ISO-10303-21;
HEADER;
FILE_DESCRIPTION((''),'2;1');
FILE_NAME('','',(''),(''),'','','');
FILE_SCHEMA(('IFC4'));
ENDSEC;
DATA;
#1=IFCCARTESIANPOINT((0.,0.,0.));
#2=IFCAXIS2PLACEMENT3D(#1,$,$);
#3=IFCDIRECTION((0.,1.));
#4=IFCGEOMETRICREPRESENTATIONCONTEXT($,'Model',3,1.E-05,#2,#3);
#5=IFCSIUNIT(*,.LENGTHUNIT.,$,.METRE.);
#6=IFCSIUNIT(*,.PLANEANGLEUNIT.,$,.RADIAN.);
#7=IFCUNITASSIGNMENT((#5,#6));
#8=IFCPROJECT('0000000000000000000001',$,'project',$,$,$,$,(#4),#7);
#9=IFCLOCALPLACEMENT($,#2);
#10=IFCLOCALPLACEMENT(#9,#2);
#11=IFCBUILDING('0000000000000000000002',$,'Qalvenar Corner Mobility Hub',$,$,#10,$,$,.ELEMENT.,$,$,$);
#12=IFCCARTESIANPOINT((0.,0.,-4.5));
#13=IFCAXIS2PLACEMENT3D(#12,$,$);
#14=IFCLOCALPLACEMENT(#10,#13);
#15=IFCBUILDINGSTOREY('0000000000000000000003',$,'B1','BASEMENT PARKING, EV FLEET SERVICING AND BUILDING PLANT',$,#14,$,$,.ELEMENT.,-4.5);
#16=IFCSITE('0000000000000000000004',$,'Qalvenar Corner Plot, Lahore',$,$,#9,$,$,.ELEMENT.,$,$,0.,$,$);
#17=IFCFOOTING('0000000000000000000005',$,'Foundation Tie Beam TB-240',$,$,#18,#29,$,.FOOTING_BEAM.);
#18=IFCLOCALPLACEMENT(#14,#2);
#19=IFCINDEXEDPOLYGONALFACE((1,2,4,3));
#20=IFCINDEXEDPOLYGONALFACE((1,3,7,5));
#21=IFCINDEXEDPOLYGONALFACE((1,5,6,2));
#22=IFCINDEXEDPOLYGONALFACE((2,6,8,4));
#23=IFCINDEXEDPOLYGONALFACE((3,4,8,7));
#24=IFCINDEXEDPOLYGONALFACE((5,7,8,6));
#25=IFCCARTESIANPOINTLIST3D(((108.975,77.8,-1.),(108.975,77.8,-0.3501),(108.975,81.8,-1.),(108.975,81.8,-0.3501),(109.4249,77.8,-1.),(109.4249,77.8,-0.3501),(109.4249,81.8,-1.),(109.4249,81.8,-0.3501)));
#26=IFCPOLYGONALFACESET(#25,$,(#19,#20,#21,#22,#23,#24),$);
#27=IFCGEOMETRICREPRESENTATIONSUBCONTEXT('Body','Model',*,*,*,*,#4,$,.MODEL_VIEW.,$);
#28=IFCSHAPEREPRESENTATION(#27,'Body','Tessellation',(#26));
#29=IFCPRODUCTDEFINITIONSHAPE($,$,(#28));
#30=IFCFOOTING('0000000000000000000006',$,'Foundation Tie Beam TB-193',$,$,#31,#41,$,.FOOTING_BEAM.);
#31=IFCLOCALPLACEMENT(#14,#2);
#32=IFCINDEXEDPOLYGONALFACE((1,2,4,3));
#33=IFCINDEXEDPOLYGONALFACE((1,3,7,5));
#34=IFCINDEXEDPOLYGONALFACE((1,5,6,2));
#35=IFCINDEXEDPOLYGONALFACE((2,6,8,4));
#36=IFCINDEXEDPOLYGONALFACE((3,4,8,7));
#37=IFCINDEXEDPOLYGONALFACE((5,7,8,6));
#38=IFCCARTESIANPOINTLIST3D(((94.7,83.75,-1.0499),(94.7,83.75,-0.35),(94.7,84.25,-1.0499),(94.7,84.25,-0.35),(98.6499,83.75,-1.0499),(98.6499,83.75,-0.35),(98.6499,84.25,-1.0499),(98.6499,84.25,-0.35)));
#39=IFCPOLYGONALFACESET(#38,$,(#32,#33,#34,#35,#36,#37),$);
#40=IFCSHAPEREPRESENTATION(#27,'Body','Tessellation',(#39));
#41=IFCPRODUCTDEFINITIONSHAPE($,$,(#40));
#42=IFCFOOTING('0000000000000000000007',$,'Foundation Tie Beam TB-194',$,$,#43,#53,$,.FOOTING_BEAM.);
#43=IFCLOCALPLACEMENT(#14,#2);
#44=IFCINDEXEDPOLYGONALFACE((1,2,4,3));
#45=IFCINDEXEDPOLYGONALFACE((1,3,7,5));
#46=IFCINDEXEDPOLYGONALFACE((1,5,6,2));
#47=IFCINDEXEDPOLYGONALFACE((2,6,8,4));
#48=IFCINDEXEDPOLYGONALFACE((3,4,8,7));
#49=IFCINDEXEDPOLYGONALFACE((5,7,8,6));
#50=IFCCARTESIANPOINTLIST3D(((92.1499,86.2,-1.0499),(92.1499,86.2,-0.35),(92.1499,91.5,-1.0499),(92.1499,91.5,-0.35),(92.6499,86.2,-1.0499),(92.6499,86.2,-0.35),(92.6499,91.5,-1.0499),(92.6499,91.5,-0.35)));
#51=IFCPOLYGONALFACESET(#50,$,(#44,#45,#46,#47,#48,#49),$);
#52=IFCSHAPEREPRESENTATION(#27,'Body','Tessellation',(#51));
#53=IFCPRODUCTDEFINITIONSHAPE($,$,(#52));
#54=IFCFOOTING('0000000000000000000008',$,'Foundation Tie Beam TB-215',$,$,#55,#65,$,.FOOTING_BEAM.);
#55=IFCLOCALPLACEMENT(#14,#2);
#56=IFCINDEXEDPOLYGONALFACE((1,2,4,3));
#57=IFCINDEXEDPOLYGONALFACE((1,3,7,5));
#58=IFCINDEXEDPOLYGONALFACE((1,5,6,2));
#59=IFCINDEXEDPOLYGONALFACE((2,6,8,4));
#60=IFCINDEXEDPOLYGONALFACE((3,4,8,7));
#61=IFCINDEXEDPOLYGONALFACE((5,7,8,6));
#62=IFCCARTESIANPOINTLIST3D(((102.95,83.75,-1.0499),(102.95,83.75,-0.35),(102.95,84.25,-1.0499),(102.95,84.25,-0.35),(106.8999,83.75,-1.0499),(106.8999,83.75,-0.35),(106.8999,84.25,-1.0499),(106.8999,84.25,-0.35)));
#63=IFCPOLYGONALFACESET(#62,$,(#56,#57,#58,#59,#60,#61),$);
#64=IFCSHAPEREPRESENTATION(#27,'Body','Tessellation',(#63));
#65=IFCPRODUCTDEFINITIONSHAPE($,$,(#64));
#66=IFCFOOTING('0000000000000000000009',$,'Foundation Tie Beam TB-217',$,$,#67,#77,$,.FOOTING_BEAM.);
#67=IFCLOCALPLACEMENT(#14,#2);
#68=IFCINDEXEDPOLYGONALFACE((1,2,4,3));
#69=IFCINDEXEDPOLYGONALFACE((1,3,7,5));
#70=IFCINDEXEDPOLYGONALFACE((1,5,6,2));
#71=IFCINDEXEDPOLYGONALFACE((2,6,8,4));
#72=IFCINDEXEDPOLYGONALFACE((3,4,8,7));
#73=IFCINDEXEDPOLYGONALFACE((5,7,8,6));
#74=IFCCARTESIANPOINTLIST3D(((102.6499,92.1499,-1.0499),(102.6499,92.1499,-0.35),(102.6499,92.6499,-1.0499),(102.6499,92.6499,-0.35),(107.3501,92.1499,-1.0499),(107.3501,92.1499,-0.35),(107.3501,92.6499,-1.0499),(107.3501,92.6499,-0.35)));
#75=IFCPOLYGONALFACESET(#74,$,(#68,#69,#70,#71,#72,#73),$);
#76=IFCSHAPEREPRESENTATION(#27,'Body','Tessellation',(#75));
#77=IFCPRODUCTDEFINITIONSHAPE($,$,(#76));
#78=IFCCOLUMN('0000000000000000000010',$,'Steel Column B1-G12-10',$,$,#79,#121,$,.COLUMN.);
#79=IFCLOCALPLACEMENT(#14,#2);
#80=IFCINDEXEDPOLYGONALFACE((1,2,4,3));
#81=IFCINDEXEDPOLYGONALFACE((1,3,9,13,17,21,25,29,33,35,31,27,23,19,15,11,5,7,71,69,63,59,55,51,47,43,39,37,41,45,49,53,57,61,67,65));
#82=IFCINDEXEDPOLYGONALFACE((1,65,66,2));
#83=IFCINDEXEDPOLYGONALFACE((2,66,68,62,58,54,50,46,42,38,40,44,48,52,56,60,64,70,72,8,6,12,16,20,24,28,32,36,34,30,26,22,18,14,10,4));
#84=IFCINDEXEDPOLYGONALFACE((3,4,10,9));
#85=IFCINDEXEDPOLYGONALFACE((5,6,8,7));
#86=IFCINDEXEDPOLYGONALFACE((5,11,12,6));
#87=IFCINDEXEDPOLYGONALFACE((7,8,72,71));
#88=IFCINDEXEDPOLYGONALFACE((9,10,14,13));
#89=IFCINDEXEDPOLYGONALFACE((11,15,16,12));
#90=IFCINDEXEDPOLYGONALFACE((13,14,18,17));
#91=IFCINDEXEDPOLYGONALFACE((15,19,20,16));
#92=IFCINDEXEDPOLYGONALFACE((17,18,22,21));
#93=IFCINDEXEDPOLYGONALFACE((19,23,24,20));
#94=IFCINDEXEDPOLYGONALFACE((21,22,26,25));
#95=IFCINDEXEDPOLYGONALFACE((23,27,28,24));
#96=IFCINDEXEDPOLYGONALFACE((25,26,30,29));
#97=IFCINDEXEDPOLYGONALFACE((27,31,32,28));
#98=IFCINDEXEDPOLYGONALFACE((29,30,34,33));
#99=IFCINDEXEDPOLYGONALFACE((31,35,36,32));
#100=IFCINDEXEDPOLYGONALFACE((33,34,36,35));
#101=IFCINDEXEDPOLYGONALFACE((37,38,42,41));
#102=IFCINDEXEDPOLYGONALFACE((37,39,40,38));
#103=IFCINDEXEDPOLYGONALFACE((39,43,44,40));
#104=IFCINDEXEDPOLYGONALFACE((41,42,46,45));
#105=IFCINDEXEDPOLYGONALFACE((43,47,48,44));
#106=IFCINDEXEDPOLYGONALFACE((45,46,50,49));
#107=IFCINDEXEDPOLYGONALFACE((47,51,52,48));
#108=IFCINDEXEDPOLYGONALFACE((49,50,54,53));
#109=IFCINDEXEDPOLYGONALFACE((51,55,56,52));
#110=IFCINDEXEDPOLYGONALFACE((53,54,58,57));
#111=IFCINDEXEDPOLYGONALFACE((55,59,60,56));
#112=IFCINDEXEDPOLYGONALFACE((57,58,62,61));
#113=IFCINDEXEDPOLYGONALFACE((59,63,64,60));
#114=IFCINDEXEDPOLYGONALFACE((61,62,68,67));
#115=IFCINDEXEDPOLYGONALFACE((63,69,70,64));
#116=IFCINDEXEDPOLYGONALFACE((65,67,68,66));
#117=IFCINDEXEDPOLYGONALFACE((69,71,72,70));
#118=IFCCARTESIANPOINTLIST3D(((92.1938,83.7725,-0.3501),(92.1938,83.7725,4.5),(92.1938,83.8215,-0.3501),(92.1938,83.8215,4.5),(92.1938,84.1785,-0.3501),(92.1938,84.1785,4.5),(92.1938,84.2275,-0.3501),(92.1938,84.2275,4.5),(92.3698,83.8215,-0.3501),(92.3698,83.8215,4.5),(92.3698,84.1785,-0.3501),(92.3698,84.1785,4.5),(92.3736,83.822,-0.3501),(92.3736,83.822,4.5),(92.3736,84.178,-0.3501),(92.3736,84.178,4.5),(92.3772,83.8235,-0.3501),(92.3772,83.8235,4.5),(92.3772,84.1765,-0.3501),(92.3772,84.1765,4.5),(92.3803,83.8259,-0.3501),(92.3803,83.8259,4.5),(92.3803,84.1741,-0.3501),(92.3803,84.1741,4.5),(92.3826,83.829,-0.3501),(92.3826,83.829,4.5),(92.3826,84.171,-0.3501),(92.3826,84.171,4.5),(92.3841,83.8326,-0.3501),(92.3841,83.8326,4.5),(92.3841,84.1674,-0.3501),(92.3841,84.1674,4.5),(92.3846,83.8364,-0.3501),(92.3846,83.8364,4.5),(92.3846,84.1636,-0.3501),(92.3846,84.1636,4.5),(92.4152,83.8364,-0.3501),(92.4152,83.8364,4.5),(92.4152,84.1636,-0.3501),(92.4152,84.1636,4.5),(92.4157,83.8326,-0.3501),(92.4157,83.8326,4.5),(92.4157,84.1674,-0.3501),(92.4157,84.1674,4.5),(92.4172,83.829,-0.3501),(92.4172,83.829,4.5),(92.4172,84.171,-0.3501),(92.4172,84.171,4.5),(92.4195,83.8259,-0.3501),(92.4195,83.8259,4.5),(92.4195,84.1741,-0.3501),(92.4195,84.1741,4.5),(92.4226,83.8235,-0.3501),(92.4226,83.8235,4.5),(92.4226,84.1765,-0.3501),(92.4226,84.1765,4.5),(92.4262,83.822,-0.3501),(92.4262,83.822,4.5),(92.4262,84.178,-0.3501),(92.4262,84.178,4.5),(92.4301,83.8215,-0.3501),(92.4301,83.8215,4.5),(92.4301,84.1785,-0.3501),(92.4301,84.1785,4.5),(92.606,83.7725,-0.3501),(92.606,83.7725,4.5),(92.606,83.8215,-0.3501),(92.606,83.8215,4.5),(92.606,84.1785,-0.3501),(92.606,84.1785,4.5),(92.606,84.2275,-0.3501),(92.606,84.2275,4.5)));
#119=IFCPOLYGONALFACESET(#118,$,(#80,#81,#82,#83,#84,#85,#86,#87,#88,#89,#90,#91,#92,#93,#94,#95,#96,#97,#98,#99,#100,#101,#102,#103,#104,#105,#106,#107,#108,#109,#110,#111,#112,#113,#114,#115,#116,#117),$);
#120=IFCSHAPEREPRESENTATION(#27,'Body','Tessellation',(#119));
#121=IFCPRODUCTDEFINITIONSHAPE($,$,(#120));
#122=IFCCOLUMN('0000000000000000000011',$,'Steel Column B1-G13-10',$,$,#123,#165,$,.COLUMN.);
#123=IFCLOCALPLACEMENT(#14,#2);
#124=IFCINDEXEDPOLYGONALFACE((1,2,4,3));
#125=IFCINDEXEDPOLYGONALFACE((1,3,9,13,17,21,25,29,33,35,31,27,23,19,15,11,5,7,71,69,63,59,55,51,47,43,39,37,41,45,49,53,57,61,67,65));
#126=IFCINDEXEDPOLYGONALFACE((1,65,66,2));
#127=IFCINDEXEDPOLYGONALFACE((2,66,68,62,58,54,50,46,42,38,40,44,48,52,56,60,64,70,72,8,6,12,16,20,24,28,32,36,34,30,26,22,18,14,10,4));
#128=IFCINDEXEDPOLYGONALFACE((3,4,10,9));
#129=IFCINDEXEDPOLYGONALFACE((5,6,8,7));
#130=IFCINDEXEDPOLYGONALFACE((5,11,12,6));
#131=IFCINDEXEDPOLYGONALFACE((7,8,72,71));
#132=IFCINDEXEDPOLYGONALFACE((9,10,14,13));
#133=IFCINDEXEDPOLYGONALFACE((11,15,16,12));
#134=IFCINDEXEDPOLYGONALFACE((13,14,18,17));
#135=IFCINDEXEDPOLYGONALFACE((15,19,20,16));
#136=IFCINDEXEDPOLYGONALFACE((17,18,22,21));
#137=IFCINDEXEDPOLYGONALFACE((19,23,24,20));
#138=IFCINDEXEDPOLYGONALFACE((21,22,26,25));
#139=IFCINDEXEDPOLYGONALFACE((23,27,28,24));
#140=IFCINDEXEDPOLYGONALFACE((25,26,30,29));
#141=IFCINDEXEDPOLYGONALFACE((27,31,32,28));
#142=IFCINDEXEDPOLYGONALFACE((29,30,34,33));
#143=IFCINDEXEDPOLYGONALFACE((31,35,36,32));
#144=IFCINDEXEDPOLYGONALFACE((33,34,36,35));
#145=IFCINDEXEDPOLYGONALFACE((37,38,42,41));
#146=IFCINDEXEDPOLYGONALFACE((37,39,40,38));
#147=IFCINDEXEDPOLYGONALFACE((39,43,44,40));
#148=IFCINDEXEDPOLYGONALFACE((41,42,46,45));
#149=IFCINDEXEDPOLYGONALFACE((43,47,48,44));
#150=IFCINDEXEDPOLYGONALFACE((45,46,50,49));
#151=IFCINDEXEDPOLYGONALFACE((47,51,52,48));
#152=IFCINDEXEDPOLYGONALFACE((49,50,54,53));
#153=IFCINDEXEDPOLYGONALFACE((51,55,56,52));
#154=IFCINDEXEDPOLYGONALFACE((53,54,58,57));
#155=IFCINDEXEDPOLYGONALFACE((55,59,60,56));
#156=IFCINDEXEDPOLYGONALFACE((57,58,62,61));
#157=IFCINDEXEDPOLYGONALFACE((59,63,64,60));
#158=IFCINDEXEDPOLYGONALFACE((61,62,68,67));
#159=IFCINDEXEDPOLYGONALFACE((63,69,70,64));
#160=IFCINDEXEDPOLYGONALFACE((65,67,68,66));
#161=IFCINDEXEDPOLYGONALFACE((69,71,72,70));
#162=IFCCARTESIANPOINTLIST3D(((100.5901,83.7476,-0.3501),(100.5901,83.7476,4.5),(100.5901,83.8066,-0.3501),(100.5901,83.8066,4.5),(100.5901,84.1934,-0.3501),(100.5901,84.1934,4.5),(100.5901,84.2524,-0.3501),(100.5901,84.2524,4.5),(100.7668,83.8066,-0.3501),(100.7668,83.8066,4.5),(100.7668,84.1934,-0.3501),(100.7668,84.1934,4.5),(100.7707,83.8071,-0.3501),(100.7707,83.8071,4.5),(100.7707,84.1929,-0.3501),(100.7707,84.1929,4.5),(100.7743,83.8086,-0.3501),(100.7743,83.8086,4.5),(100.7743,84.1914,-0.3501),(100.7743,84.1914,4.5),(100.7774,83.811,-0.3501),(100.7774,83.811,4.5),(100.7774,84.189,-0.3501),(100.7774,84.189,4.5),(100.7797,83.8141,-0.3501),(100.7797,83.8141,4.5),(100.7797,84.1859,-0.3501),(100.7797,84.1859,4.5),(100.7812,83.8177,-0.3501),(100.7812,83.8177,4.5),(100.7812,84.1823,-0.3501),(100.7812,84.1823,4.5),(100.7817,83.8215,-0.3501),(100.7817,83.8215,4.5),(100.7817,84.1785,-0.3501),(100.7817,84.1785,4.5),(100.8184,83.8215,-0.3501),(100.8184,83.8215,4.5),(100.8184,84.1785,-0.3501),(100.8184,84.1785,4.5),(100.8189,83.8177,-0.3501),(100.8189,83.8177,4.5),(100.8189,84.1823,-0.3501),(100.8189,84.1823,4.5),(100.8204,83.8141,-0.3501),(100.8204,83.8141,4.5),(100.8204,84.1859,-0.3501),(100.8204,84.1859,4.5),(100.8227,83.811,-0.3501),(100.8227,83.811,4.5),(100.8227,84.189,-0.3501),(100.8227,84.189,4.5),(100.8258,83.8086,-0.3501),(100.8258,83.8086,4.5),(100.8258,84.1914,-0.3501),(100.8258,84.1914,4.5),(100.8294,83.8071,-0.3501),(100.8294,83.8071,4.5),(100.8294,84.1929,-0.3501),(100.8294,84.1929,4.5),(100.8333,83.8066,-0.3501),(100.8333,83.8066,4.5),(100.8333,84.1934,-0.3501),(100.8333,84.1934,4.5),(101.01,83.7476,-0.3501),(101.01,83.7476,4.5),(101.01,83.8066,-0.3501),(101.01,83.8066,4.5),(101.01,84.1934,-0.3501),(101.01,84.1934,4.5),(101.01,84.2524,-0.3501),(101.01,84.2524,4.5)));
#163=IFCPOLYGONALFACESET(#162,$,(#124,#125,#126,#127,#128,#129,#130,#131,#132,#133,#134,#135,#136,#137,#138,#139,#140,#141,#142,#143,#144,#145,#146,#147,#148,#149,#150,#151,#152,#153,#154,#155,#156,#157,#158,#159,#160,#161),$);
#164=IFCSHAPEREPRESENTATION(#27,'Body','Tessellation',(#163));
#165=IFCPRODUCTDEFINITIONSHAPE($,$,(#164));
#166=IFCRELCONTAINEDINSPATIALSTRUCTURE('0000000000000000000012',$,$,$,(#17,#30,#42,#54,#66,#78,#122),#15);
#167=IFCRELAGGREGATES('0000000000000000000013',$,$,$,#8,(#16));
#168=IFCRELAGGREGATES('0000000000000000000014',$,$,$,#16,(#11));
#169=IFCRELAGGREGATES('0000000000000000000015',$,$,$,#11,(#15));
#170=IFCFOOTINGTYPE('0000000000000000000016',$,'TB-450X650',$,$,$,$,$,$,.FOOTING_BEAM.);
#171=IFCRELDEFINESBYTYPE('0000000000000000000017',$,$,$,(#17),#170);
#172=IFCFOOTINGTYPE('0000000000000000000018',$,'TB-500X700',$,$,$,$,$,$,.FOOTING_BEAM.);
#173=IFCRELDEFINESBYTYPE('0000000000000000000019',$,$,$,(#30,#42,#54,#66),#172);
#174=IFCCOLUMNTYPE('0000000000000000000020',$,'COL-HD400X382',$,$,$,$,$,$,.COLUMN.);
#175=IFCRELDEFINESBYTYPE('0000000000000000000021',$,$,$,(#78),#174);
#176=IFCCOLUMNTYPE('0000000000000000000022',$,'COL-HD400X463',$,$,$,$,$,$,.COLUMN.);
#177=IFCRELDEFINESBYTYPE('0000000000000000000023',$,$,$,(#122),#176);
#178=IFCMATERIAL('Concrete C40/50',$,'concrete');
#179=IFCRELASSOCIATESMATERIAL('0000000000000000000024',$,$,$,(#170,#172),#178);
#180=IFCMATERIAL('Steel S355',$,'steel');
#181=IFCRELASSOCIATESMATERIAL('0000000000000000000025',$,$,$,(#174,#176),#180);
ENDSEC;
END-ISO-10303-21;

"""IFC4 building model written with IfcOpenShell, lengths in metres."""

from ifc_helpers import new_model, si_unit, direction, frame, origin, origin_2d, place, context, subcontext, project, spatial, rectangle, i_section, extrude, material, material_profile, profile_set, type_object, element, save


model = new_model("IFC4")

# Units and contexts
model_context = context("Model", 3, precision=1e-05, world=origin(), true_north=direction((0.0, 1.0)))
body_context = subcontext(model_context, "Body", "Model", "MODEL_VIEW")
ifc_project = project(units=[si_unit("LENGTHUNIT", "METRE"), si_unit("PLANEANGLEUNIT", "RADIAN")], contexts=[model_context])

# Site, building, storey
site_placement = place(None, origin())
site = spatial("IfcSite", under=ifc_project, at=site_placement, Name="Qalvenar Corner Plot, Lahore", CompositionType="ELEMENT", RefElevation=0.0)
building_placement = place(site_placement, origin())
building = spatial("IfcBuilding", under=site, at=building_placement, Name="Qalvenar Corner Mobility Hub", CompositionType="ELEMENT")
storey_placement = place(building_placement, frame((0.0, 0.0, -4.5)))
storey = spatial("IfcBuildingStorey", under=building, at=storey_placement, Name="B1", Description="BASEMENT PARKING, EV FLEET SERVICING AND BUILDING PLANT", CompositionType="ELEMENT", Elevation=-4.5)

# Shared definitions
ifc_material_1 = material(Name="Concrete C40/50", Category="concrete")

# Footings
ifc_material_profile_1 = material_profile(ifc_material_1, rectangle(XDim=0.45, YDim=0.6499, at=origin_2d()), Name="RC450x650")
ifc_profile_set_1 = profile_set([ifc_material_profile_1], Name="Concrete C40/50")
footing_type_1 = type_object("IfcFootingType", Name="TB-450X650", PredefinedType="FOOTING_BEAM", material=ifc_profile_set_1)
footing_1_placement = place(storey_placement, frame((109.2, 77.8, -0.675), z_axis=(0.0, 1.0, 0.0), x_axis=(-1.0, 0.0, 0.0)))
element("IfcFooting", 1, at=footing_1_placement, inside=storey, type_object=footing_type_1, Name="Foundation Tie Beam TB-240", PredefinedType="FOOTING_BEAM", context=body_context, shape_type="SweptSolid", body=[
    extrude(rectangle(XDim=0.45, YDim=0.6499, at=origin_2d()), origin(), (0.0, 0.0, 1.0), 4.0),
])
ifc_material_profile_2 = material_profile(ifc_material_1, rectangle(XDim=0.5, YDim=0.7, at=origin_2d()), Name="RC500x700")
ifc_profile_set_2 = profile_set([ifc_material_profile_2], Name="Concrete C40/50")
footing_type_2 = type_object("IfcFootingType", Name="TB-500X700", PredefinedType="FOOTING_BEAM", material=ifc_profile_set_2)
footing_2_placement = place(storey_placement, frame((94.7, 84.0, -0.7), z_axis=(1.0, 0.0, 0.0), x_axis=(0.0, 1.0, 0.0)))
element("IfcFooting", 2, at=footing_2_placement, inside=storey, type_object=footing_type_2, Name="Foundation Tie Beam TB-193", PredefinedType="FOOTING_BEAM", context=body_context, shape_type="SweptSolid", body=[
    extrude(rectangle(XDim=0.5, YDim=0.7, at=origin_2d()), origin(), (0.0, 0.0, 1.0), 3.95),
])
footing_3_placement = place(storey_placement, frame((92.3999, 86.2, -0.7), z_axis=(0.0, 1.0, 0.0), x_axis=(-1.0, 0.0, 0.0)))
element("IfcFooting", 3, at=footing_3_placement, inside=storey, type_object=footing_type_2, Name="Foundation Tie Beam TB-194", PredefinedType="FOOTING_BEAM", context=body_context, shape_type="SweptSolid", body=[
    extrude(rectangle(XDim=0.5, YDim=0.7, at=origin_2d()), origin(), (0.0, 0.0, 1.0), 5.3),
])
footing_4_placement = place(storey_placement, frame((102.95, 84.0, -0.7), z_axis=(1.0, 0.0, 0.0), x_axis=(0.0, 1.0, 0.0)))
element("IfcFooting", 4, at=footing_4_placement, inside=storey, type_object=footing_type_2, Name="Foundation Tie Beam TB-215", PredefinedType="FOOTING_BEAM", context=body_context, shape_type="SweptSolid", body=[
    extrude(rectangle(XDim=0.5, YDim=0.7, at=origin_2d()), origin(), (0.0, 0.0, 1.0), 3.95),
])
footing_5_placement = place(storey_placement, frame((102.6499, 92.3999, -0.7), z_axis=(1.0, 0.0, 0.0), x_axis=(0.0, 1.0, 0.0)))
element("IfcFooting", 5, at=footing_5_placement, inside=storey, type_object=footing_type_2, Name="Foundation Tie Beam TB-217", PredefinedType="FOOTING_BEAM", context=body_context, shape_type="SweptSolid", body=[
    extrude(rectangle(XDim=0.5, YDim=0.7, at=origin_2d()), origin(), (0.0, 0.0, 1.0), 4.7002),
])

# Columns
ifc_material_2 = material(Name="Steel S355", Category="steel")
ifc_material_profile_3 = material_profile(ifc_material_2, i_section(OverallWidth=0.4121, OverallDepth=0.4551, WebThickness=0.0305, FlangeThickness=0.0491, FilletRadius=0.0149, at=origin_2d()), Name="HD400x421")
ifc_profile_set_3 = profile_set([ifc_material_profile_3], Name="Steel S355")
column_type_1 = type_object("IfcColumnType", Name="COL-HD400X382", PredefinedType="COLUMN", material=ifc_profile_set_3)
column_1_placement = place(storey_placement, frame((92.3999, 84.0, -0.3501), z_axis=(0.0, 0.0, 1.0), x_axis=(1.0, 0.0, 0.0)))
element("IfcColumn", 6, at=column_1_placement, inside=storey, type_object=column_type_1, Name="Steel Column B1-G12-10", PredefinedType="COLUMN", context=body_context, shape_type="SweptSolid", body=[
    extrude(i_section(OverallWidth=0.4121, OverallDepth=0.4551, WebThickness=0.0305, FlangeThickness=0.0491, FilletRadius=0.0149, at=origin_2d()), origin(), (0.0, 0.0, 1.0), 4.8501),
])
ifc_material_profile_4 = material_profile(ifc_material_2, i_section(OverallWidth=0.4199, OverallDepth=0.5049, WebThickness=0.0366, FlangeThickness=0.0591, FilletRadius=0.0149, at=origin_2d()), Name="HD400x551")
ifc_profile_set_4 = profile_set([ifc_material_profile_4], Name="Steel S355")
column_type_2 = type_object("IfcColumnType", Name="COL-HD400X463", PredefinedType="COLUMN", material=ifc_profile_set_4)
column_2_placement = place(storey_placement, frame((100.8, 84.0, -0.3501), z_axis=(0.0, 0.0, 1.0), x_axis=(1.0, 0.0, 0.0)))
element("IfcColumn", 7, at=column_2_placement, inside=storey, type_object=column_type_2, Name="Steel Column B1-G13-10", PredefinedType="COLUMN", context=body_context, shape_type="SweptSolid", body=[
    extrude(i_section(OverallWidth=0.4199, OverallDepth=0.5049, WebThickness=0.0366, FlangeThickness=0.0591, FilletRadius=0.0149, at=origin_2d()), origin(), (0.0, 0.0, 1.0), 4.8501),
])

save(model, "model.ifc")
